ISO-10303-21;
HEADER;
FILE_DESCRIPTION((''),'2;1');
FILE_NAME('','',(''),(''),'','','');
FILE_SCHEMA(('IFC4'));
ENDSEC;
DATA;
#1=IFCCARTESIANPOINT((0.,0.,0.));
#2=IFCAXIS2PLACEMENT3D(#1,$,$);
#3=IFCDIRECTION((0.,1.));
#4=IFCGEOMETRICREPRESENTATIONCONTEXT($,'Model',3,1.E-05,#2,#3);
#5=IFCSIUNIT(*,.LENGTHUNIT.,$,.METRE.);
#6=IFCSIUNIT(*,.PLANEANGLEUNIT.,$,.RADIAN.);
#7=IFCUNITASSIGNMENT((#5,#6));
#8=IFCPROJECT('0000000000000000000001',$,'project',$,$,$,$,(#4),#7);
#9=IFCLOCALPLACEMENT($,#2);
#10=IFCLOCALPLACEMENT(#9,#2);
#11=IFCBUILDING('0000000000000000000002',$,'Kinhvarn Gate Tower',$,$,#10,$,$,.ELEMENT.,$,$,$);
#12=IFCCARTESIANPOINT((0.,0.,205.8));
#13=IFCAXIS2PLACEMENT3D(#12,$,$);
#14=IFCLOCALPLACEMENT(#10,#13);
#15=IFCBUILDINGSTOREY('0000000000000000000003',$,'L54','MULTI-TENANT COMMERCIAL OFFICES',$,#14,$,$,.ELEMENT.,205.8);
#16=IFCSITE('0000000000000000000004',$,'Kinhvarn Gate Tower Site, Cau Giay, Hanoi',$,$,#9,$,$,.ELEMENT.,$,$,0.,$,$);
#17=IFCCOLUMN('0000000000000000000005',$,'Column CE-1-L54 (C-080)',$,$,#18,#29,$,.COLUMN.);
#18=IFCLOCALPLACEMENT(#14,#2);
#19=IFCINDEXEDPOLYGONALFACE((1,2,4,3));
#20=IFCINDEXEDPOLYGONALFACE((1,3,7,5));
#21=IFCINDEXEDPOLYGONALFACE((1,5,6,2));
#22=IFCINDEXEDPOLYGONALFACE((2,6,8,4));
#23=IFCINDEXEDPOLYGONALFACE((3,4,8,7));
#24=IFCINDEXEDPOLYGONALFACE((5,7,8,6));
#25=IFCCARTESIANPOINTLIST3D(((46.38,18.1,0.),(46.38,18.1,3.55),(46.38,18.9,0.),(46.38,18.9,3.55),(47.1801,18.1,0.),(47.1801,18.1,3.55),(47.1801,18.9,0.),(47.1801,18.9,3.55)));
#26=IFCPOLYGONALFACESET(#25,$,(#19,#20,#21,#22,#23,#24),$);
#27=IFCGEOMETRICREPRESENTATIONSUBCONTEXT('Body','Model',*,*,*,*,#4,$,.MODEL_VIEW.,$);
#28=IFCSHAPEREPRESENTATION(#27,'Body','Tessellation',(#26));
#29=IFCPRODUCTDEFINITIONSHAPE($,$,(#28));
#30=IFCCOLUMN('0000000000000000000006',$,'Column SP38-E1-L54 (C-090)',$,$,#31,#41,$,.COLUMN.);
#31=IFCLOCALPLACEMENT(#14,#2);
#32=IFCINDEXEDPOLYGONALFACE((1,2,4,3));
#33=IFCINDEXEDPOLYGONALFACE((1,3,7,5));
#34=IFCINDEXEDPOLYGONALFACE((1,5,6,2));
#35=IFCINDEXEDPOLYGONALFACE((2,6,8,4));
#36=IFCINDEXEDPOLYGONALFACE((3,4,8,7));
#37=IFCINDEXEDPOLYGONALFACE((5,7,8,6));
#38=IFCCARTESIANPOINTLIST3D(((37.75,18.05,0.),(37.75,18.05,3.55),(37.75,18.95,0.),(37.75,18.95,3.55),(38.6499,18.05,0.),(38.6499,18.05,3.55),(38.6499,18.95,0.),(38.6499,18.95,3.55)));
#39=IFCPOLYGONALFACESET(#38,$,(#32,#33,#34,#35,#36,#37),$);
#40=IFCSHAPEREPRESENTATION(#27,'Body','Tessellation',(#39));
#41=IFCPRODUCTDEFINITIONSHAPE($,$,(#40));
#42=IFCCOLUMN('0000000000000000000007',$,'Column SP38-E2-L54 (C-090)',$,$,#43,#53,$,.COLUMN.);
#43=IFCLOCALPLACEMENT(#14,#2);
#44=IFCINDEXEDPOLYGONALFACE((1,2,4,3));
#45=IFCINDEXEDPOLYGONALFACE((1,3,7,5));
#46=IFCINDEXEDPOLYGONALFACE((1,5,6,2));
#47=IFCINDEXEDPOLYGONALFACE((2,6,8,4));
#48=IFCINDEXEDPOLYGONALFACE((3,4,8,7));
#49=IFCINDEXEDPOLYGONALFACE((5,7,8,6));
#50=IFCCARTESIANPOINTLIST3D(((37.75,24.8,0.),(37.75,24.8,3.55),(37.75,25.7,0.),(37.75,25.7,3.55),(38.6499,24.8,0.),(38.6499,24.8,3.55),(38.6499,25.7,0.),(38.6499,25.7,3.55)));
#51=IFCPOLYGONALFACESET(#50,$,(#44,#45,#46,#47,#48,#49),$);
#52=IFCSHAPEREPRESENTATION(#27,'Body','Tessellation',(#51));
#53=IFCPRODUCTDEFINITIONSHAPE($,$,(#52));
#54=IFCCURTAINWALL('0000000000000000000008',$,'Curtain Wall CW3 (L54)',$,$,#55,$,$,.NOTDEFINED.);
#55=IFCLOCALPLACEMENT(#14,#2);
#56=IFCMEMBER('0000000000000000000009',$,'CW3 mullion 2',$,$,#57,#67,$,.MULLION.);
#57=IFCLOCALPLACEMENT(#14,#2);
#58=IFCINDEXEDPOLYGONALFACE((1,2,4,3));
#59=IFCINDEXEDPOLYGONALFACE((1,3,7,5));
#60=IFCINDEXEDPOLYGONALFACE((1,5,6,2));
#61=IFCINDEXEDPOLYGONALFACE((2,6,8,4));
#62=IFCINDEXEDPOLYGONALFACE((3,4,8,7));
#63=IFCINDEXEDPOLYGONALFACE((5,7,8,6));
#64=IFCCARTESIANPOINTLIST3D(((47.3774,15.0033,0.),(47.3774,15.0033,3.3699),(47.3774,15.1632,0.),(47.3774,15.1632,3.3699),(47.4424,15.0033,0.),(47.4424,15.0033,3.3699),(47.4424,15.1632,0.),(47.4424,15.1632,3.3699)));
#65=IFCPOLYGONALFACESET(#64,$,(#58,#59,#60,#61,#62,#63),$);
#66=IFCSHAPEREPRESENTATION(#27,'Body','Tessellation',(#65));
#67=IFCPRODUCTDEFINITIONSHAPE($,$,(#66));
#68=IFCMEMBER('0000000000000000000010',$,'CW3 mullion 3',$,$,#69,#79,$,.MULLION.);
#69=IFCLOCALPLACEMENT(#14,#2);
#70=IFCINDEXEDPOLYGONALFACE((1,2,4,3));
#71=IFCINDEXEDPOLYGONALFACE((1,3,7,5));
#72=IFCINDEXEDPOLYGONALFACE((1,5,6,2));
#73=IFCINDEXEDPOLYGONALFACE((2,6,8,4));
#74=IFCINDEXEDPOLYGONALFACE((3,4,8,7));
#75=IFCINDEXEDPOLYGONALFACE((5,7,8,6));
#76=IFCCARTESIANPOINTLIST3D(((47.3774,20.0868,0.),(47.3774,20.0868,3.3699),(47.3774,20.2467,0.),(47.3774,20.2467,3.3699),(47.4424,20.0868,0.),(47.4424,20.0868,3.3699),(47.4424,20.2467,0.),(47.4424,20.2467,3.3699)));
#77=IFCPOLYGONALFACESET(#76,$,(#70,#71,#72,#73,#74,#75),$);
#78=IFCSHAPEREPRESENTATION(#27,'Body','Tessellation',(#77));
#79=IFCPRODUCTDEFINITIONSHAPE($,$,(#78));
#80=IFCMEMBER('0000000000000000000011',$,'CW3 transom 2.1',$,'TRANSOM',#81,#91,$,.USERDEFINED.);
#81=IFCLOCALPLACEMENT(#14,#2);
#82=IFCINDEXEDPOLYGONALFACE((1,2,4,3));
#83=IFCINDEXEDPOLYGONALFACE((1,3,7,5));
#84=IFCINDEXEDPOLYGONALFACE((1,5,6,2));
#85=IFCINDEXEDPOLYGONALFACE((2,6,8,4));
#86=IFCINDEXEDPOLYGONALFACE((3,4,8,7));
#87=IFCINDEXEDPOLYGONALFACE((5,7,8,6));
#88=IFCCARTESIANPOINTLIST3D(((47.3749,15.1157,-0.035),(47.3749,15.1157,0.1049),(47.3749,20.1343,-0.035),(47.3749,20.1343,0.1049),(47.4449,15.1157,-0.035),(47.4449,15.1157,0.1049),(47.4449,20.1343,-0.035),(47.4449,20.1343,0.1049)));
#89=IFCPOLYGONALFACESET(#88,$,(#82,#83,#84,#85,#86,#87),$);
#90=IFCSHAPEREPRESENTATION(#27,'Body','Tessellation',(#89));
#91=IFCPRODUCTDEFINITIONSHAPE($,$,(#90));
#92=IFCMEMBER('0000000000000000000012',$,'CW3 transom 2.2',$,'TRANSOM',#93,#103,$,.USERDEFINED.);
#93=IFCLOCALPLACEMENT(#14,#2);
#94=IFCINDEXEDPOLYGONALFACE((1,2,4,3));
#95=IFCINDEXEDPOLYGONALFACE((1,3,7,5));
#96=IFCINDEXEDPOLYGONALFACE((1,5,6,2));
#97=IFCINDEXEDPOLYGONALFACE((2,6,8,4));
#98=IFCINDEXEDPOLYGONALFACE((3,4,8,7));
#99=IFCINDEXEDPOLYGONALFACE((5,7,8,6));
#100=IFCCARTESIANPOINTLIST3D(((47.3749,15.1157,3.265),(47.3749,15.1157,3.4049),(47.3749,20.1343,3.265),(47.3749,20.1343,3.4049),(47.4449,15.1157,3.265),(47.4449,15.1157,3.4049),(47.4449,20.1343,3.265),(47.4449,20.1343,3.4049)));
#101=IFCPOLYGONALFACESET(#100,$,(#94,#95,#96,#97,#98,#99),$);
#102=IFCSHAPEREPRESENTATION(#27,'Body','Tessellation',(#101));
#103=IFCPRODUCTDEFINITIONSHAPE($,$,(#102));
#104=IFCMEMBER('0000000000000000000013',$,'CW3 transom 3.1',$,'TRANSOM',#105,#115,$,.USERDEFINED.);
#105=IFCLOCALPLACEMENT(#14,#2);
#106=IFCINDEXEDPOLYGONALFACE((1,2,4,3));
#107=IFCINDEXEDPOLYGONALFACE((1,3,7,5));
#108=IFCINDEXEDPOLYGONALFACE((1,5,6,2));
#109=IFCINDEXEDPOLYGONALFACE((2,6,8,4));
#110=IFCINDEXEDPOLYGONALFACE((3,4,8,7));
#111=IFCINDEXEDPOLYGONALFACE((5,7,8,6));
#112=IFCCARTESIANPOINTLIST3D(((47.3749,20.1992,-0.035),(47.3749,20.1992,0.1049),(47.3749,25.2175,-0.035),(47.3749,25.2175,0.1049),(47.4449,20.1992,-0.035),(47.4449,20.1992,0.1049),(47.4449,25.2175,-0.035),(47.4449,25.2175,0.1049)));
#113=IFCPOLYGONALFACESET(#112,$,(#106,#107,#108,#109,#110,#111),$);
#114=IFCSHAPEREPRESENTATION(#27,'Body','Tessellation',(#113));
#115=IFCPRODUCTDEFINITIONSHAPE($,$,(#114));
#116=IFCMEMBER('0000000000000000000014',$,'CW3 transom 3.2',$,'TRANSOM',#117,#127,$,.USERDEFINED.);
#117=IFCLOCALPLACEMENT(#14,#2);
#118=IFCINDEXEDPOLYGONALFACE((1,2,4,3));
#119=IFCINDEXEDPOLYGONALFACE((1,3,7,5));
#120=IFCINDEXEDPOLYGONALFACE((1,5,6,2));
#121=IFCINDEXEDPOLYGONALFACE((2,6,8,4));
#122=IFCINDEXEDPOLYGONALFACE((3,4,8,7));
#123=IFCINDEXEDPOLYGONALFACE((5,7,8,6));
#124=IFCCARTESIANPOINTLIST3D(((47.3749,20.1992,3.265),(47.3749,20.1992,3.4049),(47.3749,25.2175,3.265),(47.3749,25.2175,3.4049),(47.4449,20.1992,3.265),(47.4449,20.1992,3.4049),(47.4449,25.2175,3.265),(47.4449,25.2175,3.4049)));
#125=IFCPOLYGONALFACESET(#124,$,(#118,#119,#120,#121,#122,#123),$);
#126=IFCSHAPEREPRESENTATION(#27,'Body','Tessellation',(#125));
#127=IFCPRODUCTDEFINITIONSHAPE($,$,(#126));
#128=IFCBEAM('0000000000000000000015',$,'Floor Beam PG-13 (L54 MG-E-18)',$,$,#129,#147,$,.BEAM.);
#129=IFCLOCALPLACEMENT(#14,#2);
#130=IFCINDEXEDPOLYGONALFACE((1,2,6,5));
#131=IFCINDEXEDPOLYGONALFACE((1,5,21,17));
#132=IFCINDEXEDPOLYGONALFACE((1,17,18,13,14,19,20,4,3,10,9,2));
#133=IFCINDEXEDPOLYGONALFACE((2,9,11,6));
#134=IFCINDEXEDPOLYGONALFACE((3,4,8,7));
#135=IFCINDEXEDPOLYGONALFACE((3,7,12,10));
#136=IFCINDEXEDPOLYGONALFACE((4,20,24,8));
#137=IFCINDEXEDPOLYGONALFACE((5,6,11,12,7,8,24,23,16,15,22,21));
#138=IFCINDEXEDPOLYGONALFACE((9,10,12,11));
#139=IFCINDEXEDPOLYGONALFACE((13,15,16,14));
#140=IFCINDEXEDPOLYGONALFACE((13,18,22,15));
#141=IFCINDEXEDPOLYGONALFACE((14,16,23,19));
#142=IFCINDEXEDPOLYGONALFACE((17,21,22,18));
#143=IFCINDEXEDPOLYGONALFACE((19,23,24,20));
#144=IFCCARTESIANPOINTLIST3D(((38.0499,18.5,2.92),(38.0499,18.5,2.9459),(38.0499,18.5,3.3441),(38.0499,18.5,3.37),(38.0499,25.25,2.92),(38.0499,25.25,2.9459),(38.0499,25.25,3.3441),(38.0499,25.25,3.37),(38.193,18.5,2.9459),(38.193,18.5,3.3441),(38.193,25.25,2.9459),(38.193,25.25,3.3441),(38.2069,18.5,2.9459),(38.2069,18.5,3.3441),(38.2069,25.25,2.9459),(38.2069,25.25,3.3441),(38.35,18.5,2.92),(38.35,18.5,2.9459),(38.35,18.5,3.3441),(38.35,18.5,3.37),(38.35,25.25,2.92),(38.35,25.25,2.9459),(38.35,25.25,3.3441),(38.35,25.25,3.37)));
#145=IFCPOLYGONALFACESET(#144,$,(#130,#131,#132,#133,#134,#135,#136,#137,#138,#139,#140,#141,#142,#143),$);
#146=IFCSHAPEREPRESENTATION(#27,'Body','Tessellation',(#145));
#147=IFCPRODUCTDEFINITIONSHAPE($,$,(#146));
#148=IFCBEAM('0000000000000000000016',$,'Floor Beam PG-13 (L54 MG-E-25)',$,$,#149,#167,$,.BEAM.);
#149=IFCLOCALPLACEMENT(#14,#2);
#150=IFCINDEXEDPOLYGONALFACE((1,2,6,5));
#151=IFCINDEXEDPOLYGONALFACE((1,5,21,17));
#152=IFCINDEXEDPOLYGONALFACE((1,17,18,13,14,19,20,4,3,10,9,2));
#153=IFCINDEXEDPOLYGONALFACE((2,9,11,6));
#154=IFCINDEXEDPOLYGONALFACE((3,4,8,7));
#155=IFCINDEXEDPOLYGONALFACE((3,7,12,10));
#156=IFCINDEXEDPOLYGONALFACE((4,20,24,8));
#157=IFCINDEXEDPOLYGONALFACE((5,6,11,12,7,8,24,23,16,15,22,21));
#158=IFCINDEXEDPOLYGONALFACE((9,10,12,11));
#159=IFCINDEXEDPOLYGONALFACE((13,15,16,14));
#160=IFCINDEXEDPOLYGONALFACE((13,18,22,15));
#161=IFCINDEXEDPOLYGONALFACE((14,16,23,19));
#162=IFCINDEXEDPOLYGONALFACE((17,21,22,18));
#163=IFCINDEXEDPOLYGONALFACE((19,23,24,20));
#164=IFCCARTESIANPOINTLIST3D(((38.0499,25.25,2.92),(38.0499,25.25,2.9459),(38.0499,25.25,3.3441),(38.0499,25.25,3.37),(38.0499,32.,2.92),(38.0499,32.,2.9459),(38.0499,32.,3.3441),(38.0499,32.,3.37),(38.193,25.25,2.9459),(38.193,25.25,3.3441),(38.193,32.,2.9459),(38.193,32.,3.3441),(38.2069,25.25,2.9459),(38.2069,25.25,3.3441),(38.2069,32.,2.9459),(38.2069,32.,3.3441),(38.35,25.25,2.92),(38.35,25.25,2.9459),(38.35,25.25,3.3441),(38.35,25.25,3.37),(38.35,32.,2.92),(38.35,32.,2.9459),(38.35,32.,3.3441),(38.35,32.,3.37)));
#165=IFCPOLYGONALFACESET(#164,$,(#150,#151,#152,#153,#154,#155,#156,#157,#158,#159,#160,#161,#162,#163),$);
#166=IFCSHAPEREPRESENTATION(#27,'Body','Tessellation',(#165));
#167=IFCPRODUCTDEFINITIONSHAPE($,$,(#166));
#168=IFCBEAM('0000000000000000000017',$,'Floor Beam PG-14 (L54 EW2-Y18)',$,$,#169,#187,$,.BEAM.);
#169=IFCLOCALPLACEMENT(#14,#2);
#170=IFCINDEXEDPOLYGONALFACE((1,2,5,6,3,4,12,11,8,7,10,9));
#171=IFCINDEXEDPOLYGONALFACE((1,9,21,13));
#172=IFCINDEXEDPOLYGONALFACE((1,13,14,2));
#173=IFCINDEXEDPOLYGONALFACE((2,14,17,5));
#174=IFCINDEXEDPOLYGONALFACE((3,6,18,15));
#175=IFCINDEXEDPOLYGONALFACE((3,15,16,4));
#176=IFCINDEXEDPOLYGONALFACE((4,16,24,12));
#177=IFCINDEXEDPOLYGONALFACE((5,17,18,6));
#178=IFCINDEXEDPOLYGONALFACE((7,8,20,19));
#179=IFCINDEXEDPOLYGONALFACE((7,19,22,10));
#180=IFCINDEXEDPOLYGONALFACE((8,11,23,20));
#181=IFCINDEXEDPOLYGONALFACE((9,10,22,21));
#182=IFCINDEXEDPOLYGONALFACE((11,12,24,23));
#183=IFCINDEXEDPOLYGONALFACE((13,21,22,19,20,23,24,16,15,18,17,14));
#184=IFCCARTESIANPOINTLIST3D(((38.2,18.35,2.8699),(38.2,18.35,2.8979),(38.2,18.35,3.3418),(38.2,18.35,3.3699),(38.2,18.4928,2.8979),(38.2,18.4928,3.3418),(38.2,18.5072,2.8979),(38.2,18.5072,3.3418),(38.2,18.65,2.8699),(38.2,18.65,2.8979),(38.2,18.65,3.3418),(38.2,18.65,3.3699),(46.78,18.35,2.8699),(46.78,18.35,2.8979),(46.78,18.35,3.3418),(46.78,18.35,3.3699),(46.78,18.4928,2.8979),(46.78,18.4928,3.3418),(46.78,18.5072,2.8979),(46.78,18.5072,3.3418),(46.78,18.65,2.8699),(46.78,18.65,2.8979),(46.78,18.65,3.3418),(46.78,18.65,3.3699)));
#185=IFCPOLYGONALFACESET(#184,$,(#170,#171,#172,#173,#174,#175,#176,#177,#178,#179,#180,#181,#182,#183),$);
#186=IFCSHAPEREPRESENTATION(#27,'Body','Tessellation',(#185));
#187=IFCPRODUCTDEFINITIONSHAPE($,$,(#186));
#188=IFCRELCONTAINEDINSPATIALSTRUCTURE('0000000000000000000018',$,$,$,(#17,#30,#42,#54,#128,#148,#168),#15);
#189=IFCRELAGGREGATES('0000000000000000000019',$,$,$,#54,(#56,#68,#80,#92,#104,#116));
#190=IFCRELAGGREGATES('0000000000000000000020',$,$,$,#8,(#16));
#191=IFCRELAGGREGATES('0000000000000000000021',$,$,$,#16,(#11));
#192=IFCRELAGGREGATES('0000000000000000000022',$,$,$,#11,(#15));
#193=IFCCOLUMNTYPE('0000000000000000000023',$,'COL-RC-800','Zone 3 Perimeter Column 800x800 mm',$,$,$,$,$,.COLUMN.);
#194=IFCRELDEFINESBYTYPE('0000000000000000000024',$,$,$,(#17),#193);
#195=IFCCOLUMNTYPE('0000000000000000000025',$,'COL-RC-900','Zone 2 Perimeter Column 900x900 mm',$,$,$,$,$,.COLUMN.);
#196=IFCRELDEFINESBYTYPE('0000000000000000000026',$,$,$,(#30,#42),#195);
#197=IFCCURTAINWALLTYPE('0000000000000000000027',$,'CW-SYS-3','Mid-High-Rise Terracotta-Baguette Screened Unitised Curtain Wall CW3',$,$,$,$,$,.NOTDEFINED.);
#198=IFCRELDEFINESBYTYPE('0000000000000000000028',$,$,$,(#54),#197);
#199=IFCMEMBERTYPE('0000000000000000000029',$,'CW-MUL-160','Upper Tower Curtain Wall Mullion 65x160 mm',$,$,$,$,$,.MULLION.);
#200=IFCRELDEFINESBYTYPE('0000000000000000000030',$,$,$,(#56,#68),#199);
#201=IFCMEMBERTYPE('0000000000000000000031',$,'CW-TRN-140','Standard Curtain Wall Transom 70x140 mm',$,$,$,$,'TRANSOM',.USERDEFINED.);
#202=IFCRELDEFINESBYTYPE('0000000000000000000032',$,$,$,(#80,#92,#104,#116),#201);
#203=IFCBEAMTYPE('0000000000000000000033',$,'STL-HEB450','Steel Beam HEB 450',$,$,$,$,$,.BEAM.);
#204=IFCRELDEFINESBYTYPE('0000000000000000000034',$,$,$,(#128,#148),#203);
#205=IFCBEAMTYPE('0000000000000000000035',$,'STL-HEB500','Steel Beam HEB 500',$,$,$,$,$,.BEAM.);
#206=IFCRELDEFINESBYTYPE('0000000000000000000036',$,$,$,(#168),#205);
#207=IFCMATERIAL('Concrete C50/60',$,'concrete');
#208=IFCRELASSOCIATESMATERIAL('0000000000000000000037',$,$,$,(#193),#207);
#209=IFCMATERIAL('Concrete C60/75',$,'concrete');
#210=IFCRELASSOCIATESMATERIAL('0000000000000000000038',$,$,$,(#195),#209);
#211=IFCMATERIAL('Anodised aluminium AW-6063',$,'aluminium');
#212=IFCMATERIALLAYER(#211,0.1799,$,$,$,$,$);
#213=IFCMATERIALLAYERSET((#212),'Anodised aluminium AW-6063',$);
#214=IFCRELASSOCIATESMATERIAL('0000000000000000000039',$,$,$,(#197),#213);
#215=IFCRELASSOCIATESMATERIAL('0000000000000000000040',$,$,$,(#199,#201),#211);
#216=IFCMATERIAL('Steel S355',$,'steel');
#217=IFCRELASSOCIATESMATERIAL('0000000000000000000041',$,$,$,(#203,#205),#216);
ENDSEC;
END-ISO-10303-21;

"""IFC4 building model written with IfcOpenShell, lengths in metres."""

from ifc_helpers import new_model, si_unit, direction, frame, origin, origin_2d, place, context, subcontext, project, spatial, rectangle, i_section, extrude, material, layer, layer_set, material_profile, profile_set, type_object, element, aggregate, save


model = new_model("IFC4")

# Units and contexts
model_context = context("Model", 3, precision=1e-05, world=origin(), true_north=direction((0.0, 1.0)))
body_context = subcontext(model_context, "Body", "Model", "MODEL_VIEW")
ifc_project = project(units=[si_unit("LENGTHUNIT", "METRE"), si_unit("PLANEANGLEUNIT", "RADIAN")], contexts=[model_context])

# Site, building, storey
site_placement = place(None, origin())
site = spatial("IfcSite", under=ifc_project, at=site_placement, Name="Kinhvarn Gate Tower Site, Cau Giay, Hanoi", CompositionType="ELEMENT", RefElevation=0.0)
building_placement = place(site_placement, origin())
building = spatial("IfcBuilding", under=site, at=building_placement, Name="Kinhvarn Gate Tower", CompositionType="ELEMENT")
storey_placement = place(building_placement, frame((0.0, 0.0, 205.8)))
storey = spatial("IfcBuildingStorey", under=building, at=storey_placement, Name="L54", Description="MULTI-TENANT COMMERCIAL OFFICES", CompositionType="ELEMENT", Elevation=205.8)

# Columns
ifc_material_1 = material(Name="Concrete C50/60", Category="concrete")
ifc_material_profile_1 = material_profile(ifc_material_1, rectangle(XDim=0.8, YDim=0.8, at=origin_2d()), Name="RC 800x800")
ifc_profile_set_1 = profile_set([ifc_material_profile_1], Name="Concrete C50/60")
column_type_1 = type_object("IfcColumnType", Name="COL-RC-800", Description="Zone 3 Perimeter Column 800x800 mm", PredefinedType="COLUMN", material=ifc_profile_set_1)
column_placement = place(storey_placement, frame((46.78, 18.5, 0.0), z_axis=(0.0, 0.0, 1.0), x_axis=(1.0, 0.0, 0.0)))
element("IfcColumn", 1, at=column_placement, inside=storey, type_object=column_type_1, Name="Column CE-1-L54 (C-080)", PredefinedType="COLUMN", context=body_context, shape_type="SweptSolid", body=[
    extrude(rectangle(XDim=0.8, YDim=0.8, at=origin_2d()), origin(), (0.0, 0.0, 1.0), 3.55),
])
ifc_material_2 = material(Name="Concrete C60/75", Category="concrete")
ifc_material_profile_2 = material_profile(ifc_material_2, rectangle(XDim=0.8999, YDim=0.8999, at=origin_2d()), Name="RC 900x900")
ifc_profile_set_2 = profile_set([ifc_material_profile_2], Name="Concrete C60/75")
column_type_2 = type_object("IfcColumnType", Name="COL-RC-900", Description="Zone 2 Perimeter Column 900x900 mm", PredefinedType="COLUMN", material=ifc_profile_set_2)
for number, where, z_axis, x_axis, name in (
    (2, (38.2, 18.5, 0.0), (0.0, 0.0, 1.0), (1.0, 0.0, 0.0), "Column SP38-E1-L54 (C-090)"),
    (3, (38.2, 25.25, 0.0), (0.0, 0.0, 1.0), (1.0, 0.0, 0.0), "Column SP38-E2-L54 (C-090)"),
):
    element("IfcColumn", number, at=place(storey_placement, frame(where, z_axis=z_axis, x_axis=x_axis)), inside=storey, type_object=column_type_2, Name=name, PredefinedType="COLUMN", context=body_context, shape_type="SweptSolid", body=[
        extrude(rectangle(XDim=0.8999, YDim=0.8999, at=origin_2d()), origin(), (0.0, 0.0, 1.0), 3.55),
    ])

# Curtain wall, members
ifc_material_3 = material(Name="Anodised aluminium AW-6063", Category="aluminium")
ifc_layer_1 = layer(ifc_material_3, 0.1799)
ifc_layer_set_1 = layer_set([ifc_layer_1], Name="Anodised aluminium AW-6063")
curtain_wall_type = type_object("IfcCurtainWallType", Name="CW-SYS-3", Description="Mid-High-Rise Terracotta-Baguette Screened Unitised Curtain Wall CW3", PredefinedType="NOTDEFINED", material=ifc_layer_set_1)
curtain_wall_placement = place(storey_placement, origin())
curtain_wall = element("IfcCurtainWall", 4, at=curtain_wall_placement, inside=storey, type_object=curtain_wall_type, Name="Curtain Wall CW3 (L54)", PredefinedType="NOTDEFINED")
ifc_material_profile_3 = material_profile(ifc_material_3, rectangle(XDim=0.0649, YDim=0.1599, at=origin_2d()), Name="ALU 65x160")
ifc_profile_set_3 = profile_set([ifc_material_profile_3], Name="Anodised aluminium AW-6063")
member_type_1 = type_object("IfcMemberType", Name="CW-MUL-160", Description="Upper Tower Curtain Wall Mullion 65x160 mm", PredefinedType="MULLION", material=ifc_profile_set_3)
member_1_placement = place(storey_placement, frame((47.4099, 15.0833, 0.0), z_axis=(0.0, 0.0, 1.0), x_axis=(-1.0, 0.0, 0.0)))
member_1 = element("IfcMember", 5, at=member_1_placement, type_object=member_type_1, Name="CW3 mullion 2", PredefinedType="MULLION", context=body_context, shape_type="SweptSolid", body=[
    extrude(rectangle(XDim=0.0649, YDim=0.1599, at=origin_2d()), origin(), (0.0, 0.0, 1.0), 3.3699),
])
member_2_placement = place(storey_placement, frame((47.4099, 20.1667, 0.0), z_axis=(0.0, 0.0, 1.0), x_axis=(-1.0, 0.0, 0.0)))
member_2 = element("IfcMember", 6, at=member_2_placement, type_object=member_type_1, Name="CW3 mullion 3", PredefinedType="MULLION", context=body_context, shape_type="SweptSolid", body=[
    extrude(rectangle(XDim=0.0649, YDim=0.1599, at=origin_2d()), origin(), (0.0, 0.0, 1.0), 3.3699),
])
ifc_material_profile_4 = material_profile(ifc_material_3, rectangle(XDim=0.0701, YDim=0.1399, at=origin_2d()), Name="ALU 70x140")
ifc_profile_set_4 = profile_set([ifc_material_profile_4], Name="Anodised aluminium AW-6063")
member_type_2 = type_object("IfcMemberType", Name="CW-TRN-140", Description="Standard Curtain Wall Transom 70x140 mm", ElementType="TRANSOM", PredefinedType="USERDEFINED", material=ifc_profile_set_4)
member_3_placement = place(storey_placement, frame((47.4099, 15.1157, 0.0349), z_axis=(0.0, 1.0, 0.0), x_axis=(-1.0, 0.0, 0.0)))
member_3 = element("IfcMember", 7, at=member_3_placement, type_object=member_type_2, Name="CW3 transom 2.1", ObjectType="TRANSOM", PredefinedType="USERDEFINED", context=body_context, shape_type="SweptSolid", body=[
    extrude(rectangle(XDim=0.0701, YDim=0.1399, at=origin_2d()), origin(), (0.0, 0.0, 1.0), 5.0186),
])
member_4_placement = place(storey_placement, frame((47.4099, 15.1157, 3.335), z_axis=(0.0, 1.0, 0.0), x_axis=(-1.0, 0.0, 0.0)))
member_4 = element("IfcMember", 8, at=member_4_placement, type_object=member_type_2, Name="CW3 transom 2.2", ObjectType="TRANSOM", PredefinedType="USERDEFINED", context=body_context, shape_type="SweptSolid", body=[
    extrude(rectangle(XDim=0.0701, YDim=0.1399, at=origin_2d()), origin(), (0.0, 0.0, 1.0), 5.0186),
])
member_5_placement = place(storey_placement, frame((47.4099, 20.1992, 0.0349), z_axis=(0.0, 1.0, 0.0), x_axis=(-1.0, 0.0, 0.0)))
member_5 = element("IfcMember", 9, at=member_5_placement, type_object=member_type_2, Name="CW3 transom 3.1", ObjectType="TRANSOM", PredefinedType="USERDEFINED", context=body_context, shape_type="SweptSolid", body=[
    extrude(rectangle(XDim=0.0701, YDim=0.1399, at=origin_2d()), origin(), (0.0, 0.0, 1.0), 5.0183),
])
member_6_placement = place(storey_placement, frame((47.4099, 20.1992, 3.335), z_axis=(0.0, 1.0, 0.0), x_axis=(-1.0, 0.0, 0.0)))
member_6 = element("IfcMember", 10, at=member_6_placement, type_object=member_type_2, Name="CW3 transom 3.2", ObjectType="TRANSOM", PredefinedType="USERDEFINED", context=body_context, shape_type="SweptSolid", body=[
    extrude(rectangle(XDim=0.0701, YDim=0.1399, at=origin_2d()), origin(), (0.0, 0.0, 1.0), 5.0183),
])

# Beams
ifc_material_4 = material(Name="Steel S355", Category="steel")
ifc_material_profile_5 = material_profile(ifc_material_4, i_section(OverallWidth=0.3, OverallDepth=0.45, WebThickness=0.0139, FlangeThickness=0.0259, at=origin_2d()), Name="HEB 450")
ifc_profile_set_5 = profile_set([ifc_material_profile_5], Name="Steel S355")
beam_type_1 = type_object("IfcBeamType", Name="STL-HEB450", Description="Steel Beam HEB 450", PredefinedType="BEAM", material=ifc_profile_set_5)
for number, where, z_axis, x_axis, name in (
    (11, (38.2, 18.5, 3.145), (0.0, 1.0, 0.0), (-1.0, 0.0, 0.0), "Floor Beam PG-13 (L54 MG-E-18)"),
    (12, (38.2, 25.25, 3.145), (0.0, 1.0, 0.0), (-1.0, 0.0, 0.0), "Floor Beam PG-13 (L54 MG-E-25)"),
):
    element("IfcBeam", number, at=place(storey_placement, frame(where, z_axis=z_axis, x_axis=x_axis)), inside=storey, type_object=beam_type_1, Name=name, PredefinedType="BEAM", context=body_context, shape_type="SweptSolid", body=[
        extrude(i_section(OverallWidth=0.3, OverallDepth=0.45, WebThickness=0.0139, FlangeThickness=0.0259, at=origin_2d()), origin(), (0.0, 0.0, 1.0), 6.75),
    ])
ifc_material_profile_6 = material_profile(ifc_material_4, i_section(OverallWidth=0.3, OverallDepth=0.5, WebThickness=0.0144, FlangeThickness=0.0281, at=origin_2d()), Name="HEB 500")
ifc_profile_set_6 = profile_set([ifc_material_profile_6], Name="Steel S355")
beam_type_2 = type_object("IfcBeamType", Name="STL-HEB500", Description="Steel Beam HEB 500", PredefinedType="BEAM", material=ifc_profile_set_6)
for number, where, z_axis, x_axis, name in (
    (13, (38.2, 18.5, 3.1199), (1.0, 0.0, 0.0), (0.0, 1.0, 0.0), "Floor Beam PG-14 (L54 EW2-Y18)"),
):
    element("IfcBeam", number, at=place(storey_placement, frame(where, z_axis=z_axis, x_axis=x_axis)), inside=storey, type_object=beam_type_2, Name=name, PredefinedType="BEAM", context=body_context, shape_type="SweptSolid", body=[
        extrude(i_section(OverallWidth=0.3, OverallDepth=0.5, WebThickness=0.0144, FlangeThickness=0.0281, at=origin_2d()), origin(), (0.0, 0.0, 1.0), 8.5801),
    ])

aggregate(curtain_wall, [member_1, member_2, member_3, member_4, member_5, member_6])

save(model, "model.ifc")
